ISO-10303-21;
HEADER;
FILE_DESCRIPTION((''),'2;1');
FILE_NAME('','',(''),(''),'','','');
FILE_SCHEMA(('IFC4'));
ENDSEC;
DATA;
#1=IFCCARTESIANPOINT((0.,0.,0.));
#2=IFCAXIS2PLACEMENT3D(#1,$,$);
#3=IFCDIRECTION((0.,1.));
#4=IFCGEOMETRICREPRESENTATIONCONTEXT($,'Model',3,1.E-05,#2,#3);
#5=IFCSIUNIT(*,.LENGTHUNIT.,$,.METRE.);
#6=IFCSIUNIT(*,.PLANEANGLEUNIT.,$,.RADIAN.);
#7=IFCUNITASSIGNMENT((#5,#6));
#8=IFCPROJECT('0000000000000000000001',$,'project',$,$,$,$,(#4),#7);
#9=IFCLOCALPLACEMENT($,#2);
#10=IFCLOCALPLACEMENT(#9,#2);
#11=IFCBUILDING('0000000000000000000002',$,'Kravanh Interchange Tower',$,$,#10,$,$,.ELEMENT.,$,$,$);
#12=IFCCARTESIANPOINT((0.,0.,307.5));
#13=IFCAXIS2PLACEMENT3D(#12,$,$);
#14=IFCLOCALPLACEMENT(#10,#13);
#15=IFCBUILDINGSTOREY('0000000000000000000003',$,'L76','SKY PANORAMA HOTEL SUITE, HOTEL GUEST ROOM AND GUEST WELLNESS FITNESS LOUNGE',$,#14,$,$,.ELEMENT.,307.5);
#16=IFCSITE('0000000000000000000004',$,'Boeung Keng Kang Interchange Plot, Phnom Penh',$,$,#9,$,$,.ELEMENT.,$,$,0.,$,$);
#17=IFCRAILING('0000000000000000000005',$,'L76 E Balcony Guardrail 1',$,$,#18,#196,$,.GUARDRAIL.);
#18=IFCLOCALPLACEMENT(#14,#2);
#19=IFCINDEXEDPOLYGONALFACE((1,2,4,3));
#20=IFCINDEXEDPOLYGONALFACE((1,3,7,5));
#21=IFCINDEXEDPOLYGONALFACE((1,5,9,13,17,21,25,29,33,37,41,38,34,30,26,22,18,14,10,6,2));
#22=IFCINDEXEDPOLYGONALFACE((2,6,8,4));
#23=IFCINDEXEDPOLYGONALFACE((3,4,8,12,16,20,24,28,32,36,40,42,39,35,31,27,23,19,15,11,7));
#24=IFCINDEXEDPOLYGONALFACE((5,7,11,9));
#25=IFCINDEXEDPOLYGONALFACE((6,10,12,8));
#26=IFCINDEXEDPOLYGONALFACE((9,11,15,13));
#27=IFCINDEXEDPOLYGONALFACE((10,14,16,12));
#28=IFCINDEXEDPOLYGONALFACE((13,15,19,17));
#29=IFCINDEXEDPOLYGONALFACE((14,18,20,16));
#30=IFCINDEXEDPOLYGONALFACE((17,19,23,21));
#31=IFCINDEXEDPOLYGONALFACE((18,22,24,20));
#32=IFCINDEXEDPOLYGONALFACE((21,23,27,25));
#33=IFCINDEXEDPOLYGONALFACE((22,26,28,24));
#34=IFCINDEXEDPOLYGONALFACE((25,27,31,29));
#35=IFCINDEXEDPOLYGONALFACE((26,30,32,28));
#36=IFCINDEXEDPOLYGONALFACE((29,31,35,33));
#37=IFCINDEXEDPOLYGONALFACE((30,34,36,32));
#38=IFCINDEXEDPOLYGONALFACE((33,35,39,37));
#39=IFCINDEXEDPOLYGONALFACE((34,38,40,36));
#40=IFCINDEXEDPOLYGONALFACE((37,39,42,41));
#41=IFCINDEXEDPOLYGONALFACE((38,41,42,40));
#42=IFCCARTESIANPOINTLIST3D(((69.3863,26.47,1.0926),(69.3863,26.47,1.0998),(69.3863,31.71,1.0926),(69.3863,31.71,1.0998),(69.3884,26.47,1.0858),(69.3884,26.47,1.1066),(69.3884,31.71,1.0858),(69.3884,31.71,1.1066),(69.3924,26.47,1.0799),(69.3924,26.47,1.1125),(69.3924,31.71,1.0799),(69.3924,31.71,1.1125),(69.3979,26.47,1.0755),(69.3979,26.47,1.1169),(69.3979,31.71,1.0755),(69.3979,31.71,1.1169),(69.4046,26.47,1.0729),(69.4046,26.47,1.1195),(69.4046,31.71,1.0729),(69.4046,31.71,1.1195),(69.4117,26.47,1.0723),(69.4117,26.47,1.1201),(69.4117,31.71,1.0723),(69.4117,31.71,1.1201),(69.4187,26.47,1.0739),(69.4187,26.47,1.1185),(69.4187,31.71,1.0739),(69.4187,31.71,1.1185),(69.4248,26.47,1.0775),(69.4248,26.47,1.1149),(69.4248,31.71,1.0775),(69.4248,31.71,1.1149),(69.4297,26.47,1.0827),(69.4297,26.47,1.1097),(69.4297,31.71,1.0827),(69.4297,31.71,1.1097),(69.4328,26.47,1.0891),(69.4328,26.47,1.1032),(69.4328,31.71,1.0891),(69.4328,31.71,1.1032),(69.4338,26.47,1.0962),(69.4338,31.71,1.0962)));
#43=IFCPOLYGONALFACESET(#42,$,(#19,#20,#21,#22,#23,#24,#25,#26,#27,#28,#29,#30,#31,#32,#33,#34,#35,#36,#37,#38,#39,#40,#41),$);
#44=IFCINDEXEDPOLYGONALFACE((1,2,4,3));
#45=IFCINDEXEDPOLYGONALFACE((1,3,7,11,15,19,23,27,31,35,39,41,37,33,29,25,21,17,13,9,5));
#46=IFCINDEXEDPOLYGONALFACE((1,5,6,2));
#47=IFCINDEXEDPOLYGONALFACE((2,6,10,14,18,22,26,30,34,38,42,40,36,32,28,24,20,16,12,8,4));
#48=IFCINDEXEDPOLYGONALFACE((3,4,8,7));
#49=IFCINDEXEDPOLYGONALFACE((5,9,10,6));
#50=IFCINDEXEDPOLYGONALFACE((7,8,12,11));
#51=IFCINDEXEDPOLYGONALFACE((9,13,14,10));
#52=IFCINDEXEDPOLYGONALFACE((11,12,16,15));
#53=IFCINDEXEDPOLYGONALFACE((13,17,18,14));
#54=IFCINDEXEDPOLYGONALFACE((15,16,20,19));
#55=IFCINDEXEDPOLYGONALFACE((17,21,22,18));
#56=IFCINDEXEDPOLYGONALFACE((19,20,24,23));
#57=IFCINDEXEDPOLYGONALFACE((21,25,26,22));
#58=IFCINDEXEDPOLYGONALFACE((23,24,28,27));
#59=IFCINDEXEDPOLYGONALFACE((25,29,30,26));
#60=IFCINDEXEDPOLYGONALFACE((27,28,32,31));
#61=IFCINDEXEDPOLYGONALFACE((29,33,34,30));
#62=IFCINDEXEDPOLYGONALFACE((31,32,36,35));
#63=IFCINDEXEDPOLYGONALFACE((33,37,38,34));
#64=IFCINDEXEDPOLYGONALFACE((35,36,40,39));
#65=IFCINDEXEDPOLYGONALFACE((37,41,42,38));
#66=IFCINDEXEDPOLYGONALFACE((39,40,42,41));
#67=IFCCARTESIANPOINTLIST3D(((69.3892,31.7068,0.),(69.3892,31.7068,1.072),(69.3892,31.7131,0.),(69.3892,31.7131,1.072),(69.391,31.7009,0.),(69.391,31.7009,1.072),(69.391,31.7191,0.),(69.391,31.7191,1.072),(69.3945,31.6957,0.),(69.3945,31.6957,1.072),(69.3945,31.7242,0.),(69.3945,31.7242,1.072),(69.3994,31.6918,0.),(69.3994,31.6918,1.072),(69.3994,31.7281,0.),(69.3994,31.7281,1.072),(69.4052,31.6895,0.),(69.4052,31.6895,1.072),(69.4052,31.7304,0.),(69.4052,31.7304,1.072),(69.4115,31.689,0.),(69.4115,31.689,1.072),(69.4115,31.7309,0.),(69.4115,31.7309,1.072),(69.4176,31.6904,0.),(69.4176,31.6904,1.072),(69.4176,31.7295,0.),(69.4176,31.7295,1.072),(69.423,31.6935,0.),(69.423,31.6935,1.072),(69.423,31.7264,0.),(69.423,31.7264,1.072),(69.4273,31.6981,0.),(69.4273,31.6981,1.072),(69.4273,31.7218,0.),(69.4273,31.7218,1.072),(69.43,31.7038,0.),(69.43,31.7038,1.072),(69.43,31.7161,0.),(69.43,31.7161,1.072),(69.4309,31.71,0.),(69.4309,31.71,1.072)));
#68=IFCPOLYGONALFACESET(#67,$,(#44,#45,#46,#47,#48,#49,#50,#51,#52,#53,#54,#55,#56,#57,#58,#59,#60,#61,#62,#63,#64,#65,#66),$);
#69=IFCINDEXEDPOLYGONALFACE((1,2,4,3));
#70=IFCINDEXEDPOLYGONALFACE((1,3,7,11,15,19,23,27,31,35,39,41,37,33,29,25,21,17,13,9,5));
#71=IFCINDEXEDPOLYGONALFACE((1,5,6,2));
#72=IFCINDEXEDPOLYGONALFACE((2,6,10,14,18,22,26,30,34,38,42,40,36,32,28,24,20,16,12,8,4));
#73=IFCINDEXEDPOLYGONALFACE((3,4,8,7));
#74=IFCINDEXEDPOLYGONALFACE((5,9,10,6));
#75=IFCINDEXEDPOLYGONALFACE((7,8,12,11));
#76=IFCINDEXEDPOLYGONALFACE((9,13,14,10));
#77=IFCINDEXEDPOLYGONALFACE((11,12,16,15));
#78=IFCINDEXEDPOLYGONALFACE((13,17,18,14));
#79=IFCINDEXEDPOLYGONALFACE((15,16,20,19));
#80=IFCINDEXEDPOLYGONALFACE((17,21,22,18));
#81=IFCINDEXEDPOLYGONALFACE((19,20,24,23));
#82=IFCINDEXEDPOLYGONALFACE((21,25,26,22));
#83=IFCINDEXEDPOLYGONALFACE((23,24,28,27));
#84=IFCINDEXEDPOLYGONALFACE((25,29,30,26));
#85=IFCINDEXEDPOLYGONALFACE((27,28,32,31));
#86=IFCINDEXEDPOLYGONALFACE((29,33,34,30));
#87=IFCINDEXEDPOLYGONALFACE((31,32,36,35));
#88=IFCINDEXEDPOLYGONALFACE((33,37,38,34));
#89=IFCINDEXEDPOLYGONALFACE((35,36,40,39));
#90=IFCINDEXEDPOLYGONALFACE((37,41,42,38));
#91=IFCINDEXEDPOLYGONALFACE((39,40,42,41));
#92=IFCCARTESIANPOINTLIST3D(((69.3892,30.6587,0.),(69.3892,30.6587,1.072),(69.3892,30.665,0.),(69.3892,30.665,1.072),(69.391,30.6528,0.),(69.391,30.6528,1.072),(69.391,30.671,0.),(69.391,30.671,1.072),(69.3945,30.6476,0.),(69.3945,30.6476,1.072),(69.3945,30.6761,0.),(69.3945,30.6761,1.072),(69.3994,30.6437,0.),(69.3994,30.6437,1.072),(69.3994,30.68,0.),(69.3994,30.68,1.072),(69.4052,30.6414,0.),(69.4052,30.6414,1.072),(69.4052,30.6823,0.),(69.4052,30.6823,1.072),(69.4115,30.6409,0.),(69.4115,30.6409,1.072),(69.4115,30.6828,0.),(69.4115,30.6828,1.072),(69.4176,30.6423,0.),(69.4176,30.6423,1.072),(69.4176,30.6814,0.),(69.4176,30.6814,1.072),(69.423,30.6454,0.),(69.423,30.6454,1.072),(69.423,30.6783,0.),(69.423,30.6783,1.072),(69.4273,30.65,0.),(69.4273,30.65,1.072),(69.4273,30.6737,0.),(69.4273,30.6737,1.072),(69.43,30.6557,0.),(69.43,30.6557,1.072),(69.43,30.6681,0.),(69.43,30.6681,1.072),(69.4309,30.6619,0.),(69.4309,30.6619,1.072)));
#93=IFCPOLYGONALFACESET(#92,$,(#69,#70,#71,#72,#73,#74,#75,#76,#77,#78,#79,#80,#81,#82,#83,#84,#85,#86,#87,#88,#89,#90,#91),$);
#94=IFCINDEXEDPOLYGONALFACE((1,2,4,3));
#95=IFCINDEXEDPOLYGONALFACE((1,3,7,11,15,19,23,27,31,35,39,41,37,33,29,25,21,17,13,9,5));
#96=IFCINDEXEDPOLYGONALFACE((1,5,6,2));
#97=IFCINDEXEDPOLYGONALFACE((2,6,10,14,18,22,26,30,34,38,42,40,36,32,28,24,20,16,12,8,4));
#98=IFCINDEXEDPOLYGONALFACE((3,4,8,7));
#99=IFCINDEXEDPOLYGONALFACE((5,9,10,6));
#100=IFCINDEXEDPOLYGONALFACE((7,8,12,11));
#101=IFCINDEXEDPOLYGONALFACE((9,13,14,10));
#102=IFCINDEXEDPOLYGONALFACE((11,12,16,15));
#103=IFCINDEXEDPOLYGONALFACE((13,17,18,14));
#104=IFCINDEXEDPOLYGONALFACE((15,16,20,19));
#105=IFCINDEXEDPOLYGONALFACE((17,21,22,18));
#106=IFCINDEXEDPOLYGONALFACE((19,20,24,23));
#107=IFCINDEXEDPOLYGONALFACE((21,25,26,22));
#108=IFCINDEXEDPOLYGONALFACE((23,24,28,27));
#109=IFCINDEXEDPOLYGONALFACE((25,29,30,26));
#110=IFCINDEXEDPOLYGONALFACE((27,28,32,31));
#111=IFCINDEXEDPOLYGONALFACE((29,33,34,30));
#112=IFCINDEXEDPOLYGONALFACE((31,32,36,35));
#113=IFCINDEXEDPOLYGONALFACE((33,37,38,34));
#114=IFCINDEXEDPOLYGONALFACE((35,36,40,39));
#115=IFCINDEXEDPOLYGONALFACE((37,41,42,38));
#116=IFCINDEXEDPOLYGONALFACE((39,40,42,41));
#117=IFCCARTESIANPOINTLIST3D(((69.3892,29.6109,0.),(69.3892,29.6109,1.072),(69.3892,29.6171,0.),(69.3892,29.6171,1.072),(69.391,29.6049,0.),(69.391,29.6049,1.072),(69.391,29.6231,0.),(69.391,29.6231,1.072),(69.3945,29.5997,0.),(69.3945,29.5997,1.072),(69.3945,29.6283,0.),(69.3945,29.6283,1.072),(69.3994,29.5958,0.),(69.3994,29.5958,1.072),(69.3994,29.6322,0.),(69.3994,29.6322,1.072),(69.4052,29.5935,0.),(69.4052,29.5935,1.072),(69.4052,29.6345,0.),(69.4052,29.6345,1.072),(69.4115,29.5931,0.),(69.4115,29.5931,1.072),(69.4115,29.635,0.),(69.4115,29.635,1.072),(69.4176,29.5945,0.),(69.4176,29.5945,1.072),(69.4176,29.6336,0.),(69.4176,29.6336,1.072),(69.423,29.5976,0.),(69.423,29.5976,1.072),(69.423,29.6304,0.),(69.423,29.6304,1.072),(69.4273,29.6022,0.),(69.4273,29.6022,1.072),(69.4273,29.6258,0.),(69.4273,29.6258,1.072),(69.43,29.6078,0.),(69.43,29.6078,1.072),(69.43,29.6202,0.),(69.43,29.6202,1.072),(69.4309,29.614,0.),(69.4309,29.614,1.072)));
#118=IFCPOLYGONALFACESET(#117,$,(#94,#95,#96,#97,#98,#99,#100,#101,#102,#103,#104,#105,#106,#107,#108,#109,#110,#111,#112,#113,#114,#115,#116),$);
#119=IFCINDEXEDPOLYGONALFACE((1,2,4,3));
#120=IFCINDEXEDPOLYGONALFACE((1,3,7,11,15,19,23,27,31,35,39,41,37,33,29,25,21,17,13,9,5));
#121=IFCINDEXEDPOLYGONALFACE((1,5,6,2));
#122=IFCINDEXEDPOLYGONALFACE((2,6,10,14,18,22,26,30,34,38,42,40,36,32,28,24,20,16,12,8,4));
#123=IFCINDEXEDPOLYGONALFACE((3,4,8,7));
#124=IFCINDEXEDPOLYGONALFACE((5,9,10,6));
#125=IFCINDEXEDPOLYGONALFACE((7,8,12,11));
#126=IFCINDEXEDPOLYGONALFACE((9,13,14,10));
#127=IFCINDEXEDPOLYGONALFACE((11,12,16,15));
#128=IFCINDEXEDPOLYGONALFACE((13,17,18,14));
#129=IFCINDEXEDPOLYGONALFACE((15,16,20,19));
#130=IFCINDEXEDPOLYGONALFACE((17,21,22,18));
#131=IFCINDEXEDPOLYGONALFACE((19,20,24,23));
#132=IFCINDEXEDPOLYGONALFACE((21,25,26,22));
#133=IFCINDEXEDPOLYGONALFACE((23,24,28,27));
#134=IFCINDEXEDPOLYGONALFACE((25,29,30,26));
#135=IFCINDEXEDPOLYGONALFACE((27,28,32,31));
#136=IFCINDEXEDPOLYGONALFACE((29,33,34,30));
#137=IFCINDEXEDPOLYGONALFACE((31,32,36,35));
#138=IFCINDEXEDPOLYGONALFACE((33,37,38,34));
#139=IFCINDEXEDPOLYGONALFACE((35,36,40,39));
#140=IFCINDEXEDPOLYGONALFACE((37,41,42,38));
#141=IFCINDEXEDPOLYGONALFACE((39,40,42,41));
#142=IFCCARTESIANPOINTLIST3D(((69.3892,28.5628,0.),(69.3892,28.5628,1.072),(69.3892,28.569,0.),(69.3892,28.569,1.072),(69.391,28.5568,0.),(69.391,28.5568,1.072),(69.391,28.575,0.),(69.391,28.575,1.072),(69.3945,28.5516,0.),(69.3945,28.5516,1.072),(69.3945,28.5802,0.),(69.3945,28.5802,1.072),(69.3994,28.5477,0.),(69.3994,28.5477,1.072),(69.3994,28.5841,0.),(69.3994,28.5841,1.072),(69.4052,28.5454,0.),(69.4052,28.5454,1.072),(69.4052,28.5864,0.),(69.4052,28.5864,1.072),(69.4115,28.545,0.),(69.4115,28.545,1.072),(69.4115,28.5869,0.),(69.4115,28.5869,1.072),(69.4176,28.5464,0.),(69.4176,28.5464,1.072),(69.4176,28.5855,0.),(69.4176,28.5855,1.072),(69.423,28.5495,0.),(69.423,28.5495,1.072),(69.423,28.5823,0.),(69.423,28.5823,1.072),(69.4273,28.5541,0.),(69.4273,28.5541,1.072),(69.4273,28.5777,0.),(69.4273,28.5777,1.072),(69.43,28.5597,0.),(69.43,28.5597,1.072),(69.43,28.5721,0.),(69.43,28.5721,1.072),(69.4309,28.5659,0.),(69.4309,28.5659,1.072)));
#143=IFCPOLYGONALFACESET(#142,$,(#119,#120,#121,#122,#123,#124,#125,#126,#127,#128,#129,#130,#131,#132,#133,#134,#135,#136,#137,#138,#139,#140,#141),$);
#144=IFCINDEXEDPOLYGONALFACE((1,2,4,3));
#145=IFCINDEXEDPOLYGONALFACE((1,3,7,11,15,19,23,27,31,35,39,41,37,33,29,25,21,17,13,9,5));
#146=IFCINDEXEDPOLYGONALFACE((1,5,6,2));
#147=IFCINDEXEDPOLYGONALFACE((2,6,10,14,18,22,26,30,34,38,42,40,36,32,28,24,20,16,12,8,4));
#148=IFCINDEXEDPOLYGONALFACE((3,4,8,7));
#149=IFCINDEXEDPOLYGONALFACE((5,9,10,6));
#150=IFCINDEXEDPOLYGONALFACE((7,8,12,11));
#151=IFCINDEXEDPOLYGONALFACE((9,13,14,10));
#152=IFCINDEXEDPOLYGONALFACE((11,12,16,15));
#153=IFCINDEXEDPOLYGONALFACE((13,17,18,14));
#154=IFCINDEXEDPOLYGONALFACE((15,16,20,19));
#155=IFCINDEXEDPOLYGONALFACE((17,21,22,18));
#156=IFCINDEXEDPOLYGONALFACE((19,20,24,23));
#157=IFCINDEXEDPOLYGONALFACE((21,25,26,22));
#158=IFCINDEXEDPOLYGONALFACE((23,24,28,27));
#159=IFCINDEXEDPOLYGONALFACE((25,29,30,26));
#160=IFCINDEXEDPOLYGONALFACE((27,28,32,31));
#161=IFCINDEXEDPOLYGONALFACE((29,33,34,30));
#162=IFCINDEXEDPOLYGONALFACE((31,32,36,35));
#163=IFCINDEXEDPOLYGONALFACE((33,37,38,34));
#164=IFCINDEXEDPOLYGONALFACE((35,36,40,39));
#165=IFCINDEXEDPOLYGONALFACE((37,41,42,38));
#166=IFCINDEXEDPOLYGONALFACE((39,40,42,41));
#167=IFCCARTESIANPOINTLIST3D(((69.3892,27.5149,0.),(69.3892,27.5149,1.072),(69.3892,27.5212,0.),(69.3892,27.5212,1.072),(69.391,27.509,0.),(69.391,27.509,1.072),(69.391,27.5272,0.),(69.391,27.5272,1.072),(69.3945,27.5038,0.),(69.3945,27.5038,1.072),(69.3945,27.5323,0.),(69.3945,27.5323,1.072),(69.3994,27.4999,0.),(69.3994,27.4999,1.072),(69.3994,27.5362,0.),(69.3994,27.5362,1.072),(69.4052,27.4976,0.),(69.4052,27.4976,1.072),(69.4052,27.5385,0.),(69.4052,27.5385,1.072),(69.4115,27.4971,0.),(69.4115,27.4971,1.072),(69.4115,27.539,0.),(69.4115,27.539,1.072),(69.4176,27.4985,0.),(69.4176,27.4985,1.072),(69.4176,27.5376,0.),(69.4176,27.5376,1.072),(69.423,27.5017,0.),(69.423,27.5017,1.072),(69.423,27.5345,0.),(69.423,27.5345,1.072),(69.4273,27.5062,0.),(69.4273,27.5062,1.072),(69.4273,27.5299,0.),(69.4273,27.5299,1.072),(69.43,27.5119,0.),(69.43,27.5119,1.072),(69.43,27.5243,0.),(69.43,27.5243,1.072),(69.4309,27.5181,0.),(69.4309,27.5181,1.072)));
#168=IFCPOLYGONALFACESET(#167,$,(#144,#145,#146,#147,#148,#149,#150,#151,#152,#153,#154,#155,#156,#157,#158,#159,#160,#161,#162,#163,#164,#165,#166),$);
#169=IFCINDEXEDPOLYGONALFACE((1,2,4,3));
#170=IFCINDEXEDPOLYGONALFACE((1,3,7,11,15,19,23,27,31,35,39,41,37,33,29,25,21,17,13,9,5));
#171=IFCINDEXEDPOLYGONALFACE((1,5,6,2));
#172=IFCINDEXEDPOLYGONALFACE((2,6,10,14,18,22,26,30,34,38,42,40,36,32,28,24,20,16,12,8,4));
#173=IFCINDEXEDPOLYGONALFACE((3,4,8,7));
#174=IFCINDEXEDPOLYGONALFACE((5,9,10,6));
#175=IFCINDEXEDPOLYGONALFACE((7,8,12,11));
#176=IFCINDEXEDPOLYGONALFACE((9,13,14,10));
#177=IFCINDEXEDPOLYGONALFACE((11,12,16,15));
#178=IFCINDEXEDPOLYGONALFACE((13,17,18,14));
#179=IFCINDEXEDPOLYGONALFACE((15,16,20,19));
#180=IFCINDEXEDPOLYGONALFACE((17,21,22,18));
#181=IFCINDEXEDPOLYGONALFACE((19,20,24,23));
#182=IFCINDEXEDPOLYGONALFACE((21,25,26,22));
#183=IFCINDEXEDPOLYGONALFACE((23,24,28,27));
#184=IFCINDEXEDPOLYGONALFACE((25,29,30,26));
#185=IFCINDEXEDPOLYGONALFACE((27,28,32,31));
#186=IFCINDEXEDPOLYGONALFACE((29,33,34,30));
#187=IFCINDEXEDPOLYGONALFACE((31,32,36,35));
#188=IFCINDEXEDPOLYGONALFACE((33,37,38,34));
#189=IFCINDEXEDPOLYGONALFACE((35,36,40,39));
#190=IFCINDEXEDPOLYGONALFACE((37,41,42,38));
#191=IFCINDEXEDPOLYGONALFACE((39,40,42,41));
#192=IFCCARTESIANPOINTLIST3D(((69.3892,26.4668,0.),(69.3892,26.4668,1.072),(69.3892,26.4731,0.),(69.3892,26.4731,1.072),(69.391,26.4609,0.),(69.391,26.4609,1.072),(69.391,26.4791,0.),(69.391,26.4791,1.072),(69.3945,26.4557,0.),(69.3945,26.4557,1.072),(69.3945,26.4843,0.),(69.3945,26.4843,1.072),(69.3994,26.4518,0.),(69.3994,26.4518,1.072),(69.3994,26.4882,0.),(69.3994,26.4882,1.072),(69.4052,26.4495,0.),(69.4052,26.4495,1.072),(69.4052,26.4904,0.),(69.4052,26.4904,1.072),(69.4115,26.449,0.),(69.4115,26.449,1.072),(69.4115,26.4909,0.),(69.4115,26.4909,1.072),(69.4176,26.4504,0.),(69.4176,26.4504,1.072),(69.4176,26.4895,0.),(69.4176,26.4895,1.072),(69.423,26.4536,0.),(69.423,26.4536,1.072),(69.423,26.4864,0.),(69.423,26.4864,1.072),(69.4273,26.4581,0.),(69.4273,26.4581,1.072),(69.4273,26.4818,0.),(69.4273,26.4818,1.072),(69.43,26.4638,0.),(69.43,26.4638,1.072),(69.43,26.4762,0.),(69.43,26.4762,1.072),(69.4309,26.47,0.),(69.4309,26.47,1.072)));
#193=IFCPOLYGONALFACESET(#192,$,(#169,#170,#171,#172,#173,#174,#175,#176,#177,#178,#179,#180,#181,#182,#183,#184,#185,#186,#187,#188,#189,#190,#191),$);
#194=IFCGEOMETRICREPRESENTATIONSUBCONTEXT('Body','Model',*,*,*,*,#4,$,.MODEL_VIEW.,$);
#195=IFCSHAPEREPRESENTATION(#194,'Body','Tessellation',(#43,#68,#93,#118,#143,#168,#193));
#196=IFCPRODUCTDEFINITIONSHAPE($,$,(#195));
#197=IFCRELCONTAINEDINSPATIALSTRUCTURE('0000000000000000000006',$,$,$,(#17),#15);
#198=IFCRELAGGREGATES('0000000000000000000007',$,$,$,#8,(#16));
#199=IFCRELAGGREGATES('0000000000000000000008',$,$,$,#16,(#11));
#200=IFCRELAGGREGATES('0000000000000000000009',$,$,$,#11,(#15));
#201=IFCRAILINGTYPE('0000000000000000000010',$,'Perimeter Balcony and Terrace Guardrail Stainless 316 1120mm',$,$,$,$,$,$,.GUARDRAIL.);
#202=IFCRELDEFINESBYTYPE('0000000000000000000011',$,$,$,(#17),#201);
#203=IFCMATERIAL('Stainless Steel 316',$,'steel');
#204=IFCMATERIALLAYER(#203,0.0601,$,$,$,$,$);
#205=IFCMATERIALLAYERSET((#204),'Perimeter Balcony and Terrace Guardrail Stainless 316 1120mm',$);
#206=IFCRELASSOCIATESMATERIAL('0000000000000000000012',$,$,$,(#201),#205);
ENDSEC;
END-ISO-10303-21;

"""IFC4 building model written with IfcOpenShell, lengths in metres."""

from ifc_helpers import new_model, si_unit, direction, frame, origin, origin_2d, place, context, subcontext, project, spatial, circle, extrude, material, layer, layer_set, type_object, element, save


model = new_model("IFC4")

# Units and contexts
model_context = context("Model", 3, precision=1e-05, world=origin(), true_north=direction((0.0, 1.0)))
body_context = subcontext(model_context, "Body", "Model", "MODEL_VIEW")
ifc_project = project(units=[si_unit("LENGTHUNIT", "METRE"), si_unit("PLANEANGLEUNIT", "RADIAN")], contexts=[model_context])

# Site, building, storey
site_placement = place(None, origin())
site = spatial("IfcSite", under=ifc_project, at=site_placement, Name="Boeung Keng Kang Interchange Plot, Phnom Penh", CompositionType="ELEMENT", RefElevation=0.0)
building_placement = place(site_placement, origin())
building = spatial("IfcBuilding", under=site, at=building_placement, Name="Kravanh Interchange Tower", CompositionType="ELEMENT")
storey_placement = place(building_placement, frame((0.0, 0.0, 307.5)))
storey = spatial("IfcBuildingStorey", under=building, at=storey_placement, Name="L76", Description="SKY PANORAMA HOTEL SUITE, HOTEL GUEST ROOM AND GUEST WELLNESS FITNESS LOUNGE", CompositionType="ELEMENT", Elevation=307.5)

# Railing
ifc_material_1 = material(Name="Stainless Steel 316", Category="steel")
ifc_layer_1 = layer(ifc_material_1, 0.0601)
ifc_layer_set_1 = layer_set([ifc_layer_1], Name="Perimeter Balcony and Terrace Guardrail Stainless 316 1120mm")
railing_type_1 = type_object("IfcRailingType", Name="Perimeter Balcony and Terrace Guardrail Stainless 316 1120mm", PredefinedType="GUARDRAIL", material=ifc_layer_set_1)
railing_1_placement = place(storey_placement, frame((69.4099, 31.71, 0.0)))
element("IfcRailing", 1, at=railing_1_placement, inside=storey, type_object=railing_type_1, Name="L76 E Balcony Guardrail 1", PredefinedType="GUARDRAIL", context=body_context, shape_type="SweptSolid", body=[
    extrude(circle(Radius=0.0239, at=origin_2d()), frame((0.0, 0.0, 1.0962), z_axis=(0.0, -1.0, 0.0), x_axis=(1.0, 0.0, 0.0)), (0.0, 0.0, 1.0), 5.24),
    extrude(circle(Radius=0.021, at=origin_2d()), origin(), (0.0, 0.0, 1.0), 1.072),
    extrude(circle(Radius=0.021, at=origin_2d()), frame((0.0, -1.0481, 0.0)), (0.0, 0.0, 1.0), 1.072),
    extrude(circle(Radius=0.021, at=origin_2d()), frame((0.0, -2.0959, 0.0)), (0.0, 0.0, 1.0), 1.072),
    extrude(circle(Radius=0.021, at=origin_2d()), frame((0.0, -3.144, 0.0)), (0.0, 0.0, 1.0), 1.072),
    extrude(circle(Radius=0.021, at=origin_2d()), frame((0.0, -4.1919, 0.0)), (0.0, 0.0, 1.0), 1.072),
    extrude(circle(Radius=0.021, at=origin_2d()), frame((0.0, -5.24, 0.0)), (0.0, 0.0, 1.0), 1.072),
])

save(model, "model.ifc")
